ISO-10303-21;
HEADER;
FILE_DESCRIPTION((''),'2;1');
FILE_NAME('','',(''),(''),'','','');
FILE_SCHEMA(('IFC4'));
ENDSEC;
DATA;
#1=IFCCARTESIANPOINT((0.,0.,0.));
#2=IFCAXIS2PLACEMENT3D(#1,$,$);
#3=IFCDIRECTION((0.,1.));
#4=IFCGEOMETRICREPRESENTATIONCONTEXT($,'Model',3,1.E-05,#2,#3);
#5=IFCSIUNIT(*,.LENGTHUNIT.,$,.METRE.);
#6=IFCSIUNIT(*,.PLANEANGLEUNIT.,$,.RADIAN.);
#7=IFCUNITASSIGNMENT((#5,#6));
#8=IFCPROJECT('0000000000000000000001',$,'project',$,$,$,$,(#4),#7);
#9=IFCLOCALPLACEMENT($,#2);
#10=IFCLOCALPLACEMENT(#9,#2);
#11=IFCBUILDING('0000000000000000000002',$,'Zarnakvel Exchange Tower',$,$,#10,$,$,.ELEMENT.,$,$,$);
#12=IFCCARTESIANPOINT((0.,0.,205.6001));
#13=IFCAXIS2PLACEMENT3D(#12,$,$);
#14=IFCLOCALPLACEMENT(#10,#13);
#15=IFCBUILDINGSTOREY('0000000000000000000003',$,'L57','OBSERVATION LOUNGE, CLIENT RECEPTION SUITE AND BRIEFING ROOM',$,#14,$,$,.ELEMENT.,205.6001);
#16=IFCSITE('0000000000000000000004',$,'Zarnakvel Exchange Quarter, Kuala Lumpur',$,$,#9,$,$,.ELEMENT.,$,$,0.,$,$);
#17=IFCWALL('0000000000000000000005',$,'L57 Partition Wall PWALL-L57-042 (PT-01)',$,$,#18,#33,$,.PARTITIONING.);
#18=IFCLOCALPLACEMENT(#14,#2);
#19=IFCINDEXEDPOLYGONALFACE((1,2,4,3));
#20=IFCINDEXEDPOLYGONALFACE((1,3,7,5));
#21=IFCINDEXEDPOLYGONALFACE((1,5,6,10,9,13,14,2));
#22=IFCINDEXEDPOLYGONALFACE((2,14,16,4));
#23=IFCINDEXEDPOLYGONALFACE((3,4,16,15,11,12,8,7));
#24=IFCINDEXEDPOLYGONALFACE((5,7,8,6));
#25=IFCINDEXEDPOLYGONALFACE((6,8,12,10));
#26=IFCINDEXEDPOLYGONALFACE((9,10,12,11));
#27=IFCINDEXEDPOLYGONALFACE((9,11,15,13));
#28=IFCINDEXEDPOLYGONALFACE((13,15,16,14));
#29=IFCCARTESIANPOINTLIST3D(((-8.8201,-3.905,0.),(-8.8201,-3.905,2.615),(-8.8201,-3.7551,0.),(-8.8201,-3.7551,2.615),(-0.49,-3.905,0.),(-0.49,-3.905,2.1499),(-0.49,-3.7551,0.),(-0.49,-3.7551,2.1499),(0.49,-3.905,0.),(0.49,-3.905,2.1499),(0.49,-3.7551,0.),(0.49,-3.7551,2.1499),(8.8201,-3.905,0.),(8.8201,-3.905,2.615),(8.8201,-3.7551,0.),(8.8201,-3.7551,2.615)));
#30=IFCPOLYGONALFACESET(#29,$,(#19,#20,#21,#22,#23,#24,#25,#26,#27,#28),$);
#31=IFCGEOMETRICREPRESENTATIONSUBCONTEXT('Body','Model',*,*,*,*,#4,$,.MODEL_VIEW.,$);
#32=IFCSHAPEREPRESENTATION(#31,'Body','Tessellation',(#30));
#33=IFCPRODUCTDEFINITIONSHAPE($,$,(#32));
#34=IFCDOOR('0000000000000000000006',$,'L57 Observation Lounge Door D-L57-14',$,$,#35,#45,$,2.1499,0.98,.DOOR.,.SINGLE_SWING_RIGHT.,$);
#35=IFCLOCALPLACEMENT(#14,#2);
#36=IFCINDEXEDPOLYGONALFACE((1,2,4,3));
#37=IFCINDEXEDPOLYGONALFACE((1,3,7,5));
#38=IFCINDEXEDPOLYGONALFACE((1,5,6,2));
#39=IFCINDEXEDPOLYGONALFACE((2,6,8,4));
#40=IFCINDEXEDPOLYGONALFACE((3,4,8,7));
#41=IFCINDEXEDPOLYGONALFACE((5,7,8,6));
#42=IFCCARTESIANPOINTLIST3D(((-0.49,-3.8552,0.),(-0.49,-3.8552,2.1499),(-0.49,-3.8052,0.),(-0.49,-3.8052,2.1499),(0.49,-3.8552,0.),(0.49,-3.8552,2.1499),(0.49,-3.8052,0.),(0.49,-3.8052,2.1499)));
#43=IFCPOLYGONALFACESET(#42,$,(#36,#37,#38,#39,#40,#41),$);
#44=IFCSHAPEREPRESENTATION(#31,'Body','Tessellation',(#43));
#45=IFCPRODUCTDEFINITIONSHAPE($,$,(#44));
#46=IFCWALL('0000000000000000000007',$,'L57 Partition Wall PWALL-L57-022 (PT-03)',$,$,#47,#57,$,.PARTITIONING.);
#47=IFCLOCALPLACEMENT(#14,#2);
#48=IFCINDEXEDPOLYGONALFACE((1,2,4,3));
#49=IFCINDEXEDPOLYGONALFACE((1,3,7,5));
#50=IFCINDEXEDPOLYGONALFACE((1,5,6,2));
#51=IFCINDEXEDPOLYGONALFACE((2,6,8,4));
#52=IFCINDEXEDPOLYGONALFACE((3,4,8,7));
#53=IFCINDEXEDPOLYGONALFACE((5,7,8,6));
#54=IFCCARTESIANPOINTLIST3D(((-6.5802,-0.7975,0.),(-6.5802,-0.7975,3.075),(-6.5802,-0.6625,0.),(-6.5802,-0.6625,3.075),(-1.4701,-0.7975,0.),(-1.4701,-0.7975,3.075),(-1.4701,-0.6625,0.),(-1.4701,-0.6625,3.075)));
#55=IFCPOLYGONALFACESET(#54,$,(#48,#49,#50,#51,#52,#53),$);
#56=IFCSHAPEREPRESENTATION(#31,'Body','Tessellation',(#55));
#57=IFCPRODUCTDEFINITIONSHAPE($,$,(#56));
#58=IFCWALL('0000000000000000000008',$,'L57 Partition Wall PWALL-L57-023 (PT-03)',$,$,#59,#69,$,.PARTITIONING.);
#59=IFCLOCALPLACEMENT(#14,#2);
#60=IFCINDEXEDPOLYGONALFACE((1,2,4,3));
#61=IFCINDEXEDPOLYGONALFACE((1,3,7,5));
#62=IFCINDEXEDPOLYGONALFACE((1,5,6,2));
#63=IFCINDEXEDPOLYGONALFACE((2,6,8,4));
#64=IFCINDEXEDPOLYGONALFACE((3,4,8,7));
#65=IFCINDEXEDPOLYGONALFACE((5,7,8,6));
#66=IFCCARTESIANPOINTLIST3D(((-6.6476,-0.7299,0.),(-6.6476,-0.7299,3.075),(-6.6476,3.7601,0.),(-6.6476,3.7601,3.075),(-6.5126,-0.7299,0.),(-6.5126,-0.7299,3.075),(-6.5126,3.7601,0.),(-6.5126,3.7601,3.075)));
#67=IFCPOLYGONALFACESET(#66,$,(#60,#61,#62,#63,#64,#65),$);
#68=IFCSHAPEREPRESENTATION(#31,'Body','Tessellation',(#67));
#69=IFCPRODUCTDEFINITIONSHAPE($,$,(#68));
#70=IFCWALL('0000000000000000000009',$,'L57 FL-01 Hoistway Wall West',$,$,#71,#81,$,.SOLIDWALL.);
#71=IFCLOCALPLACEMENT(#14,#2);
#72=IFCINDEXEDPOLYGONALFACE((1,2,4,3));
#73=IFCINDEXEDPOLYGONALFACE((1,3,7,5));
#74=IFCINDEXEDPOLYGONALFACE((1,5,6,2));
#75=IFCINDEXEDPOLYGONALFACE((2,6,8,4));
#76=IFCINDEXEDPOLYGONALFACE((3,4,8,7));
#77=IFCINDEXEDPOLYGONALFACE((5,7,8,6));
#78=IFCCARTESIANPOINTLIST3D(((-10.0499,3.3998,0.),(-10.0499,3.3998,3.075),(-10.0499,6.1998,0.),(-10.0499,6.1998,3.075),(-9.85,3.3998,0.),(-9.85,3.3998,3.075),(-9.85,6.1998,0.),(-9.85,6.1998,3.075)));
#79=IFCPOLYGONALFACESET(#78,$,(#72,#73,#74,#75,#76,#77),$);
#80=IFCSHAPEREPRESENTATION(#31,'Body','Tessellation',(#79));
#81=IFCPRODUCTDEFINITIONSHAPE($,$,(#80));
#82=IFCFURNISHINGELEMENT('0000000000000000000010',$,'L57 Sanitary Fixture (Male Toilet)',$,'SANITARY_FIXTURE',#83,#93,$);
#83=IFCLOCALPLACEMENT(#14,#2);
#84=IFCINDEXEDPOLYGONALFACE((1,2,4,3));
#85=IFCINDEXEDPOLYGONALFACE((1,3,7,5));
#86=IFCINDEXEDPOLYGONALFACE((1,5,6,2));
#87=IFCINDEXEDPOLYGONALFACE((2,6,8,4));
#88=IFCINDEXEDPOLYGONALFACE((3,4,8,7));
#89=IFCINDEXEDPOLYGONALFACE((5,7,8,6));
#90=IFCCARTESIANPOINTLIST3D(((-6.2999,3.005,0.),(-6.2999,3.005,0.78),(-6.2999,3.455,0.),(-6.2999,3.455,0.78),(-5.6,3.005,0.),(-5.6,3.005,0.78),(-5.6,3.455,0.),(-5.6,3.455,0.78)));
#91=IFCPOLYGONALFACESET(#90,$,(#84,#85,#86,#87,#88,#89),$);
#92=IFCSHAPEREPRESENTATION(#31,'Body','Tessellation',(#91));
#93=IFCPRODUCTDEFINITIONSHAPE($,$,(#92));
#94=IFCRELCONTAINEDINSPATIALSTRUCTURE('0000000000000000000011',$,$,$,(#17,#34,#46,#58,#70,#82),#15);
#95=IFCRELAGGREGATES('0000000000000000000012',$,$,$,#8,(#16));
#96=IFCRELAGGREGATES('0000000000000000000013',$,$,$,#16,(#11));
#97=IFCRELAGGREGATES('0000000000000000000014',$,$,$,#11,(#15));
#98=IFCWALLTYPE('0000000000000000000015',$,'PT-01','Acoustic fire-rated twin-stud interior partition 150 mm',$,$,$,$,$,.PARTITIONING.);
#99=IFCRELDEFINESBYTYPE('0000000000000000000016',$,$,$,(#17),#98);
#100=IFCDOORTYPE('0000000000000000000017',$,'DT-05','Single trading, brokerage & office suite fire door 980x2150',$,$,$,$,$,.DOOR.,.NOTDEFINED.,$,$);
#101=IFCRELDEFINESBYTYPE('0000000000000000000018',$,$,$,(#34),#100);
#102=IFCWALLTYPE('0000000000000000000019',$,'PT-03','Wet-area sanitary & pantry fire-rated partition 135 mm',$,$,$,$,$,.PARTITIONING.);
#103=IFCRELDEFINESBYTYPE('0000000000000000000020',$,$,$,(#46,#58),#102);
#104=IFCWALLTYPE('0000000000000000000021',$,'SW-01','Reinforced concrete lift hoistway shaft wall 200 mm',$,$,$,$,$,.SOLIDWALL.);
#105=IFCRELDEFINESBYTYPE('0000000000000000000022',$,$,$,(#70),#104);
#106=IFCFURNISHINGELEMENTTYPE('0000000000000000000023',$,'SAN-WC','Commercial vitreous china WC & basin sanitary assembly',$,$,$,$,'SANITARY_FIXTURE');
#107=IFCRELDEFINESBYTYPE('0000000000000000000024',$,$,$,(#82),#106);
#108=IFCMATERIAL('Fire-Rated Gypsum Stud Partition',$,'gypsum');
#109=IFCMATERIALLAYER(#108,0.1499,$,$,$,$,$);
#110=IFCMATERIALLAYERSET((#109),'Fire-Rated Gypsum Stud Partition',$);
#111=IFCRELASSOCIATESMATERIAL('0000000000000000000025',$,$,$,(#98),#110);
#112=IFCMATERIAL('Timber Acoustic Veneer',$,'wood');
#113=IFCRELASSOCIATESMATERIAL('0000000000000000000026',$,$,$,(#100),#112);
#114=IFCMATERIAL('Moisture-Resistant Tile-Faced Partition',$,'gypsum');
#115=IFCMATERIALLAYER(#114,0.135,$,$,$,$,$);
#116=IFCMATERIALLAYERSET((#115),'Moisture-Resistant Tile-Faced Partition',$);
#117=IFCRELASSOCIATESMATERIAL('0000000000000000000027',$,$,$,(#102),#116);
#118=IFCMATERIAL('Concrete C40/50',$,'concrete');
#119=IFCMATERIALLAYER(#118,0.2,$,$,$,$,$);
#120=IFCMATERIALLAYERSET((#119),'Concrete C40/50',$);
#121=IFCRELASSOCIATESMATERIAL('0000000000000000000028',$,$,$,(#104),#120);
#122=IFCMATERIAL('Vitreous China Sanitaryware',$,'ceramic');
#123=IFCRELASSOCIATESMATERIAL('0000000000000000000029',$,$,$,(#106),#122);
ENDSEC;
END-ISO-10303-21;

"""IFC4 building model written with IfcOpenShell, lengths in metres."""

from ifc_helpers import new_model, si_unit, direction, frame, frame_2d, origin, origin_2d, place, context, subcontext, project, spatial, rectangle, extrude, source, transform, mapped, material, layer, layer_set, type_object, element, fill, save


model = new_model("IFC4")

# Units and contexts
model_context = context("Model", 3, precision=1e-05, world=origin(), true_north=direction((0.0, 1.0)))
body_context = subcontext(model_context, "Body", "Model", "MODEL_VIEW")
ifc_project = project(units=[si_unit("LENGTHUNIT", "METRE"), si_unit("PLANEANGLEUNIT", "RADIAN")], contexts=[model_context])

# Site, building, storey
site_placement = place(None, origin())
site = spatial("IfcSite", under=ifc_project, at=site_placement, Name="Zarnakvel Exchange Quarter, Kuala Lumpur", CompositionType="ELEMENT", RefElevation=0.0)
building_placement = place(site_placement, origin())
building = spatial("IfcBuilding", under=site, at=building_placement, Name="Zarnakvel Exchange Tower", CompositionType="ELEMENT")
storey_placement = place(building_placement, frame((0.0, 0.0, 205.6001)))
storey = spatial("IfcBuildingStorey", under=building, at=storey_placement, Name="L57", Description="OBSERVATION LOUNGE, CLIENT RECEPTION SUITE AND BRIEFING ROOM", CompositionType="ELEMENT", Elevation=205.6001)

# Wall, opening, door
ifc_material_1 = material(Name="Fire-Rated Gypsum Stud Partition", Category="gypsum")
ifc_layer_1 = layer(ifc_material_1, 0.1499)
ifc_layer_set_1 = layer_set([ifc_layer_1], Name="Fire-Rated Gypsum Stud Partition")
wall_type_1 = type_object("IfcWallType", Name="PT-01", Description="Acoustic fire-rated twin-stud interior partition 150 mm", PredefinedType="PARTITIONING", material=ifc_layer_set_1)
ifc_material_2 = material(Name="Timber Acoustic Veneer", Category="wood")
door_type_1 = type_object("IfcDoorType", Name="DT-05", Description="Single trading, brokerage & office suite fire door 980x2150", OperationType="NOTDEFINED", PredefinedType="DOOR", material=ifc_material_2)
shared_shape_1 = source(origin(), body_context, "Body", "SweptSolid", [
    extrude(rectangle(XDim=0.98, YDim=2.1499, at=frame_2d((0.49, 1.075))), frame((0.0, 0.0249, 0.0), z_axis=(0.0, -1.0, 0.0), x_axis=(1.0, 0.0, 0.0)), (0.0, 0.0, 1.0), 0.05),
])
wall_1_placement = place(storey_placement, frame((-8.8201, -3.8301, 0.0), z_axis=(0.0, 0.0, 1.0), x_axis=(1.0, 0.0, 0.0)))
wall_1 = element("IfcWall", 1, at=wall_1_placement, inside=storey, type_object=wall_type_1, Name="L57 Partition Wall PWALL-L57-042 (PT-01)", PredefinedType="PARTITIONING", context=body_context, shape_type="SweptSolid", body=[
    extrude(rectangle(XDim=17.6401, YDim=0.1499, at=frame_2d((8.8201, 0.0))), origin(), (0.0, 0.0, 1.0), 2.615),
])
opening_1_placement = place(wall_1_placement, frame((8.3301, 0.0, 0.0)))
opening_1 = element("IfcOpeningElement", 2, at=opening_1_placement, cuts=wall_1, PredefinedType="OPENING", context=body_context, shape_type="SweptSolid", body=[
    extrude(rectangle(XDim=0.98, YDim=2.1499, at=frame_2d((0.49, 1.075))), frame((0.0, 0.085, 0.0), z_axis=(0.0, -1.0, 0.0), x_axis=(1.0, 0.0, 0.0)), (0.0, 0.0, 1.0), 0.1699),
])
door_1_placement = place(opening_1_placement, origin())
door_1 = element("IfcDoor", 3, at=door_1_placement, inside=storey, type_object=door_type_1, Name="L57 Observation Lounge Door D-L57-14", OperationType="SINGLE_SWING_RIGHT", OverallHeight=2.1499, OverallWidth=0.98, PredefinedType="DOOR", context=body_context, shape_type="MappedRepresentation", body=[
    mapped(shared_shape_1, transform((0.0, 0.0, 0.0), x_axis=(1.0, 0.0, 0.0), y_axis=(0.0, 1.0, 0.0), z_axis=(0.0, 0.0, 1.0), scale=1.0)),
])
fill(opening_1, door_1)

# Walls
ifc_material_3 = material(Name="Moisture-Resistant Tile-Faced Partition", Category="gypsum")
ifc_layer_2 = layer(ifc_material_3, 0.135)
ifc_layer_set_2 = layer_set([ifc_layer_2], Name="Moisture-Resistant Tile-Faced Partition")
wall_type_2 = type_object("IfcWallType", Name="PT-03", Description="Wet-area sanitary & pantry fire-rated partition 135 mm", PredefinedType="PARTITIONING", material=ifc_layer_set_2)
wall_2_placement = place(storey_placement, frame((-1.47, -0.73, 0.0), z_axis=(0.0, 0.0, 1.0), x_axis=(-1.0, 0.0, 0.0)))
element("IfcWall", 4, at=wall_2_placement, inside=storey, type_object=wall_type_2, Name="L57 Partition Wall PWALL-L57-022 (PT-03)", PredefinedType="PARTITIONING", context=body_context, shape_type="SweptSolid", body=[
    extrude(rectangle(XDim=5.1101, YDim=0.135, at=frame_2d((2.5552, 0.0))), origin(), (0.0, 0.0, 1.0), 3.075),
])
wall_3_placement = place(storey_placement, frame((-6.5801, -0.73, 0.0), z_axis=(0.0, 0.0, 1.0), x_axis=(0.0, 1.0, 0.0)))
element("IfcWall", 5, at=wall_3_placement, inside=storey, type_object=wall_type_2, Name="L57 Partition Wall PWALL-L57-023 (PT-03)", PredefinedType="PARTITIONING", context=body_context, shape_type="SweptSolid", body=[
    extrude(rectangle(XDim=4.49, YDim=0.135, at=frame_2d((2.2451, 0.0))), origin(), (0.0, 0.0, 1.0), 3.075),
])
ifc_material_4 = material(Name="Concrete C40/50", Category="concrete")
ifc_layer_3 = layer(ifc_material_4, 0.2)
ifc_layer_set_3 = layer_set([ifc_layer_3], Name="Concrete C40/50")
wall_type_3 = type_object("IfcWallType", Name="SW-01", Description="Reinforced concrete lift hoistway shaft wall 200 mm", PredefinedType="SOLIDWALL", material=ifc_layer_set_3)
wall_4_placement = place(storey_placement, frame((-9.95, 3.3999, 0.0), z_axis=(0.0, 0.0, 1.0), x_axis=(0.0, 1.0, 0.0)))
element("IfcWall", 6, at=wall_4_placement, inside=storey, type_object=wall_type_3, Name="L57 FL-01 Hoistway Wall West", PredefinedType="SOLIDWALL", context=body_context, shape_type="SweptSolid", body=[
    extrude(rectangle(XDim=2.8, YDim=0.2, at=frame_2d((1.3999, 0.0))), origin(), (0.0, 0.0, 1.0), 3.075),
])

# Furnishing element
ifc_material_5 = material(Name="Vitreous China Sanitaryware", Category="ceramic")
furnishing_element_type = type_object("IfcFurnishingElementType", Name="SAN-WC", Description="Commercial vitreous china WC & basin sanitary assembly", ElementType="SANITARY_FIXTURE", material=ifc_material_5)
shared_shape_2 = source(origin(), body_context, "Body", "SweptSolid", [
    extrude(rectangle(XDim=0.7, YDim=0.45, at=origin_2d()), origin(), (0.0, 0.0, 1.0), 0.78),
])
furnishing_placement = place(storey_placement, frame((-5.95, 3.23, 0.0), z_axis=(0.0, 0.0, 1.0), x_axis=(1.0, 0.0, 0.0)))
element("IfcFurnishingElement", 7, at=furnishing_placement, inside=storey, type_object=furnishing_element_type, Name="L57 Sanitary Fixture (Male Toilet)", ObjectType="SANITARY_FIXTURE", context=body_context, shape_type="MappedRepresentation", body=[
    mapped(shared_shape_2, transform((0.0, 0.0, 0.0), x_axis=(1.0, 0.0, 0.0), y_axis=(0.0, 1.0, 0.0), z_axis=(0.0, 0.0, 1.0), scale=1.0)),
])

save(model, "model.ifc")
